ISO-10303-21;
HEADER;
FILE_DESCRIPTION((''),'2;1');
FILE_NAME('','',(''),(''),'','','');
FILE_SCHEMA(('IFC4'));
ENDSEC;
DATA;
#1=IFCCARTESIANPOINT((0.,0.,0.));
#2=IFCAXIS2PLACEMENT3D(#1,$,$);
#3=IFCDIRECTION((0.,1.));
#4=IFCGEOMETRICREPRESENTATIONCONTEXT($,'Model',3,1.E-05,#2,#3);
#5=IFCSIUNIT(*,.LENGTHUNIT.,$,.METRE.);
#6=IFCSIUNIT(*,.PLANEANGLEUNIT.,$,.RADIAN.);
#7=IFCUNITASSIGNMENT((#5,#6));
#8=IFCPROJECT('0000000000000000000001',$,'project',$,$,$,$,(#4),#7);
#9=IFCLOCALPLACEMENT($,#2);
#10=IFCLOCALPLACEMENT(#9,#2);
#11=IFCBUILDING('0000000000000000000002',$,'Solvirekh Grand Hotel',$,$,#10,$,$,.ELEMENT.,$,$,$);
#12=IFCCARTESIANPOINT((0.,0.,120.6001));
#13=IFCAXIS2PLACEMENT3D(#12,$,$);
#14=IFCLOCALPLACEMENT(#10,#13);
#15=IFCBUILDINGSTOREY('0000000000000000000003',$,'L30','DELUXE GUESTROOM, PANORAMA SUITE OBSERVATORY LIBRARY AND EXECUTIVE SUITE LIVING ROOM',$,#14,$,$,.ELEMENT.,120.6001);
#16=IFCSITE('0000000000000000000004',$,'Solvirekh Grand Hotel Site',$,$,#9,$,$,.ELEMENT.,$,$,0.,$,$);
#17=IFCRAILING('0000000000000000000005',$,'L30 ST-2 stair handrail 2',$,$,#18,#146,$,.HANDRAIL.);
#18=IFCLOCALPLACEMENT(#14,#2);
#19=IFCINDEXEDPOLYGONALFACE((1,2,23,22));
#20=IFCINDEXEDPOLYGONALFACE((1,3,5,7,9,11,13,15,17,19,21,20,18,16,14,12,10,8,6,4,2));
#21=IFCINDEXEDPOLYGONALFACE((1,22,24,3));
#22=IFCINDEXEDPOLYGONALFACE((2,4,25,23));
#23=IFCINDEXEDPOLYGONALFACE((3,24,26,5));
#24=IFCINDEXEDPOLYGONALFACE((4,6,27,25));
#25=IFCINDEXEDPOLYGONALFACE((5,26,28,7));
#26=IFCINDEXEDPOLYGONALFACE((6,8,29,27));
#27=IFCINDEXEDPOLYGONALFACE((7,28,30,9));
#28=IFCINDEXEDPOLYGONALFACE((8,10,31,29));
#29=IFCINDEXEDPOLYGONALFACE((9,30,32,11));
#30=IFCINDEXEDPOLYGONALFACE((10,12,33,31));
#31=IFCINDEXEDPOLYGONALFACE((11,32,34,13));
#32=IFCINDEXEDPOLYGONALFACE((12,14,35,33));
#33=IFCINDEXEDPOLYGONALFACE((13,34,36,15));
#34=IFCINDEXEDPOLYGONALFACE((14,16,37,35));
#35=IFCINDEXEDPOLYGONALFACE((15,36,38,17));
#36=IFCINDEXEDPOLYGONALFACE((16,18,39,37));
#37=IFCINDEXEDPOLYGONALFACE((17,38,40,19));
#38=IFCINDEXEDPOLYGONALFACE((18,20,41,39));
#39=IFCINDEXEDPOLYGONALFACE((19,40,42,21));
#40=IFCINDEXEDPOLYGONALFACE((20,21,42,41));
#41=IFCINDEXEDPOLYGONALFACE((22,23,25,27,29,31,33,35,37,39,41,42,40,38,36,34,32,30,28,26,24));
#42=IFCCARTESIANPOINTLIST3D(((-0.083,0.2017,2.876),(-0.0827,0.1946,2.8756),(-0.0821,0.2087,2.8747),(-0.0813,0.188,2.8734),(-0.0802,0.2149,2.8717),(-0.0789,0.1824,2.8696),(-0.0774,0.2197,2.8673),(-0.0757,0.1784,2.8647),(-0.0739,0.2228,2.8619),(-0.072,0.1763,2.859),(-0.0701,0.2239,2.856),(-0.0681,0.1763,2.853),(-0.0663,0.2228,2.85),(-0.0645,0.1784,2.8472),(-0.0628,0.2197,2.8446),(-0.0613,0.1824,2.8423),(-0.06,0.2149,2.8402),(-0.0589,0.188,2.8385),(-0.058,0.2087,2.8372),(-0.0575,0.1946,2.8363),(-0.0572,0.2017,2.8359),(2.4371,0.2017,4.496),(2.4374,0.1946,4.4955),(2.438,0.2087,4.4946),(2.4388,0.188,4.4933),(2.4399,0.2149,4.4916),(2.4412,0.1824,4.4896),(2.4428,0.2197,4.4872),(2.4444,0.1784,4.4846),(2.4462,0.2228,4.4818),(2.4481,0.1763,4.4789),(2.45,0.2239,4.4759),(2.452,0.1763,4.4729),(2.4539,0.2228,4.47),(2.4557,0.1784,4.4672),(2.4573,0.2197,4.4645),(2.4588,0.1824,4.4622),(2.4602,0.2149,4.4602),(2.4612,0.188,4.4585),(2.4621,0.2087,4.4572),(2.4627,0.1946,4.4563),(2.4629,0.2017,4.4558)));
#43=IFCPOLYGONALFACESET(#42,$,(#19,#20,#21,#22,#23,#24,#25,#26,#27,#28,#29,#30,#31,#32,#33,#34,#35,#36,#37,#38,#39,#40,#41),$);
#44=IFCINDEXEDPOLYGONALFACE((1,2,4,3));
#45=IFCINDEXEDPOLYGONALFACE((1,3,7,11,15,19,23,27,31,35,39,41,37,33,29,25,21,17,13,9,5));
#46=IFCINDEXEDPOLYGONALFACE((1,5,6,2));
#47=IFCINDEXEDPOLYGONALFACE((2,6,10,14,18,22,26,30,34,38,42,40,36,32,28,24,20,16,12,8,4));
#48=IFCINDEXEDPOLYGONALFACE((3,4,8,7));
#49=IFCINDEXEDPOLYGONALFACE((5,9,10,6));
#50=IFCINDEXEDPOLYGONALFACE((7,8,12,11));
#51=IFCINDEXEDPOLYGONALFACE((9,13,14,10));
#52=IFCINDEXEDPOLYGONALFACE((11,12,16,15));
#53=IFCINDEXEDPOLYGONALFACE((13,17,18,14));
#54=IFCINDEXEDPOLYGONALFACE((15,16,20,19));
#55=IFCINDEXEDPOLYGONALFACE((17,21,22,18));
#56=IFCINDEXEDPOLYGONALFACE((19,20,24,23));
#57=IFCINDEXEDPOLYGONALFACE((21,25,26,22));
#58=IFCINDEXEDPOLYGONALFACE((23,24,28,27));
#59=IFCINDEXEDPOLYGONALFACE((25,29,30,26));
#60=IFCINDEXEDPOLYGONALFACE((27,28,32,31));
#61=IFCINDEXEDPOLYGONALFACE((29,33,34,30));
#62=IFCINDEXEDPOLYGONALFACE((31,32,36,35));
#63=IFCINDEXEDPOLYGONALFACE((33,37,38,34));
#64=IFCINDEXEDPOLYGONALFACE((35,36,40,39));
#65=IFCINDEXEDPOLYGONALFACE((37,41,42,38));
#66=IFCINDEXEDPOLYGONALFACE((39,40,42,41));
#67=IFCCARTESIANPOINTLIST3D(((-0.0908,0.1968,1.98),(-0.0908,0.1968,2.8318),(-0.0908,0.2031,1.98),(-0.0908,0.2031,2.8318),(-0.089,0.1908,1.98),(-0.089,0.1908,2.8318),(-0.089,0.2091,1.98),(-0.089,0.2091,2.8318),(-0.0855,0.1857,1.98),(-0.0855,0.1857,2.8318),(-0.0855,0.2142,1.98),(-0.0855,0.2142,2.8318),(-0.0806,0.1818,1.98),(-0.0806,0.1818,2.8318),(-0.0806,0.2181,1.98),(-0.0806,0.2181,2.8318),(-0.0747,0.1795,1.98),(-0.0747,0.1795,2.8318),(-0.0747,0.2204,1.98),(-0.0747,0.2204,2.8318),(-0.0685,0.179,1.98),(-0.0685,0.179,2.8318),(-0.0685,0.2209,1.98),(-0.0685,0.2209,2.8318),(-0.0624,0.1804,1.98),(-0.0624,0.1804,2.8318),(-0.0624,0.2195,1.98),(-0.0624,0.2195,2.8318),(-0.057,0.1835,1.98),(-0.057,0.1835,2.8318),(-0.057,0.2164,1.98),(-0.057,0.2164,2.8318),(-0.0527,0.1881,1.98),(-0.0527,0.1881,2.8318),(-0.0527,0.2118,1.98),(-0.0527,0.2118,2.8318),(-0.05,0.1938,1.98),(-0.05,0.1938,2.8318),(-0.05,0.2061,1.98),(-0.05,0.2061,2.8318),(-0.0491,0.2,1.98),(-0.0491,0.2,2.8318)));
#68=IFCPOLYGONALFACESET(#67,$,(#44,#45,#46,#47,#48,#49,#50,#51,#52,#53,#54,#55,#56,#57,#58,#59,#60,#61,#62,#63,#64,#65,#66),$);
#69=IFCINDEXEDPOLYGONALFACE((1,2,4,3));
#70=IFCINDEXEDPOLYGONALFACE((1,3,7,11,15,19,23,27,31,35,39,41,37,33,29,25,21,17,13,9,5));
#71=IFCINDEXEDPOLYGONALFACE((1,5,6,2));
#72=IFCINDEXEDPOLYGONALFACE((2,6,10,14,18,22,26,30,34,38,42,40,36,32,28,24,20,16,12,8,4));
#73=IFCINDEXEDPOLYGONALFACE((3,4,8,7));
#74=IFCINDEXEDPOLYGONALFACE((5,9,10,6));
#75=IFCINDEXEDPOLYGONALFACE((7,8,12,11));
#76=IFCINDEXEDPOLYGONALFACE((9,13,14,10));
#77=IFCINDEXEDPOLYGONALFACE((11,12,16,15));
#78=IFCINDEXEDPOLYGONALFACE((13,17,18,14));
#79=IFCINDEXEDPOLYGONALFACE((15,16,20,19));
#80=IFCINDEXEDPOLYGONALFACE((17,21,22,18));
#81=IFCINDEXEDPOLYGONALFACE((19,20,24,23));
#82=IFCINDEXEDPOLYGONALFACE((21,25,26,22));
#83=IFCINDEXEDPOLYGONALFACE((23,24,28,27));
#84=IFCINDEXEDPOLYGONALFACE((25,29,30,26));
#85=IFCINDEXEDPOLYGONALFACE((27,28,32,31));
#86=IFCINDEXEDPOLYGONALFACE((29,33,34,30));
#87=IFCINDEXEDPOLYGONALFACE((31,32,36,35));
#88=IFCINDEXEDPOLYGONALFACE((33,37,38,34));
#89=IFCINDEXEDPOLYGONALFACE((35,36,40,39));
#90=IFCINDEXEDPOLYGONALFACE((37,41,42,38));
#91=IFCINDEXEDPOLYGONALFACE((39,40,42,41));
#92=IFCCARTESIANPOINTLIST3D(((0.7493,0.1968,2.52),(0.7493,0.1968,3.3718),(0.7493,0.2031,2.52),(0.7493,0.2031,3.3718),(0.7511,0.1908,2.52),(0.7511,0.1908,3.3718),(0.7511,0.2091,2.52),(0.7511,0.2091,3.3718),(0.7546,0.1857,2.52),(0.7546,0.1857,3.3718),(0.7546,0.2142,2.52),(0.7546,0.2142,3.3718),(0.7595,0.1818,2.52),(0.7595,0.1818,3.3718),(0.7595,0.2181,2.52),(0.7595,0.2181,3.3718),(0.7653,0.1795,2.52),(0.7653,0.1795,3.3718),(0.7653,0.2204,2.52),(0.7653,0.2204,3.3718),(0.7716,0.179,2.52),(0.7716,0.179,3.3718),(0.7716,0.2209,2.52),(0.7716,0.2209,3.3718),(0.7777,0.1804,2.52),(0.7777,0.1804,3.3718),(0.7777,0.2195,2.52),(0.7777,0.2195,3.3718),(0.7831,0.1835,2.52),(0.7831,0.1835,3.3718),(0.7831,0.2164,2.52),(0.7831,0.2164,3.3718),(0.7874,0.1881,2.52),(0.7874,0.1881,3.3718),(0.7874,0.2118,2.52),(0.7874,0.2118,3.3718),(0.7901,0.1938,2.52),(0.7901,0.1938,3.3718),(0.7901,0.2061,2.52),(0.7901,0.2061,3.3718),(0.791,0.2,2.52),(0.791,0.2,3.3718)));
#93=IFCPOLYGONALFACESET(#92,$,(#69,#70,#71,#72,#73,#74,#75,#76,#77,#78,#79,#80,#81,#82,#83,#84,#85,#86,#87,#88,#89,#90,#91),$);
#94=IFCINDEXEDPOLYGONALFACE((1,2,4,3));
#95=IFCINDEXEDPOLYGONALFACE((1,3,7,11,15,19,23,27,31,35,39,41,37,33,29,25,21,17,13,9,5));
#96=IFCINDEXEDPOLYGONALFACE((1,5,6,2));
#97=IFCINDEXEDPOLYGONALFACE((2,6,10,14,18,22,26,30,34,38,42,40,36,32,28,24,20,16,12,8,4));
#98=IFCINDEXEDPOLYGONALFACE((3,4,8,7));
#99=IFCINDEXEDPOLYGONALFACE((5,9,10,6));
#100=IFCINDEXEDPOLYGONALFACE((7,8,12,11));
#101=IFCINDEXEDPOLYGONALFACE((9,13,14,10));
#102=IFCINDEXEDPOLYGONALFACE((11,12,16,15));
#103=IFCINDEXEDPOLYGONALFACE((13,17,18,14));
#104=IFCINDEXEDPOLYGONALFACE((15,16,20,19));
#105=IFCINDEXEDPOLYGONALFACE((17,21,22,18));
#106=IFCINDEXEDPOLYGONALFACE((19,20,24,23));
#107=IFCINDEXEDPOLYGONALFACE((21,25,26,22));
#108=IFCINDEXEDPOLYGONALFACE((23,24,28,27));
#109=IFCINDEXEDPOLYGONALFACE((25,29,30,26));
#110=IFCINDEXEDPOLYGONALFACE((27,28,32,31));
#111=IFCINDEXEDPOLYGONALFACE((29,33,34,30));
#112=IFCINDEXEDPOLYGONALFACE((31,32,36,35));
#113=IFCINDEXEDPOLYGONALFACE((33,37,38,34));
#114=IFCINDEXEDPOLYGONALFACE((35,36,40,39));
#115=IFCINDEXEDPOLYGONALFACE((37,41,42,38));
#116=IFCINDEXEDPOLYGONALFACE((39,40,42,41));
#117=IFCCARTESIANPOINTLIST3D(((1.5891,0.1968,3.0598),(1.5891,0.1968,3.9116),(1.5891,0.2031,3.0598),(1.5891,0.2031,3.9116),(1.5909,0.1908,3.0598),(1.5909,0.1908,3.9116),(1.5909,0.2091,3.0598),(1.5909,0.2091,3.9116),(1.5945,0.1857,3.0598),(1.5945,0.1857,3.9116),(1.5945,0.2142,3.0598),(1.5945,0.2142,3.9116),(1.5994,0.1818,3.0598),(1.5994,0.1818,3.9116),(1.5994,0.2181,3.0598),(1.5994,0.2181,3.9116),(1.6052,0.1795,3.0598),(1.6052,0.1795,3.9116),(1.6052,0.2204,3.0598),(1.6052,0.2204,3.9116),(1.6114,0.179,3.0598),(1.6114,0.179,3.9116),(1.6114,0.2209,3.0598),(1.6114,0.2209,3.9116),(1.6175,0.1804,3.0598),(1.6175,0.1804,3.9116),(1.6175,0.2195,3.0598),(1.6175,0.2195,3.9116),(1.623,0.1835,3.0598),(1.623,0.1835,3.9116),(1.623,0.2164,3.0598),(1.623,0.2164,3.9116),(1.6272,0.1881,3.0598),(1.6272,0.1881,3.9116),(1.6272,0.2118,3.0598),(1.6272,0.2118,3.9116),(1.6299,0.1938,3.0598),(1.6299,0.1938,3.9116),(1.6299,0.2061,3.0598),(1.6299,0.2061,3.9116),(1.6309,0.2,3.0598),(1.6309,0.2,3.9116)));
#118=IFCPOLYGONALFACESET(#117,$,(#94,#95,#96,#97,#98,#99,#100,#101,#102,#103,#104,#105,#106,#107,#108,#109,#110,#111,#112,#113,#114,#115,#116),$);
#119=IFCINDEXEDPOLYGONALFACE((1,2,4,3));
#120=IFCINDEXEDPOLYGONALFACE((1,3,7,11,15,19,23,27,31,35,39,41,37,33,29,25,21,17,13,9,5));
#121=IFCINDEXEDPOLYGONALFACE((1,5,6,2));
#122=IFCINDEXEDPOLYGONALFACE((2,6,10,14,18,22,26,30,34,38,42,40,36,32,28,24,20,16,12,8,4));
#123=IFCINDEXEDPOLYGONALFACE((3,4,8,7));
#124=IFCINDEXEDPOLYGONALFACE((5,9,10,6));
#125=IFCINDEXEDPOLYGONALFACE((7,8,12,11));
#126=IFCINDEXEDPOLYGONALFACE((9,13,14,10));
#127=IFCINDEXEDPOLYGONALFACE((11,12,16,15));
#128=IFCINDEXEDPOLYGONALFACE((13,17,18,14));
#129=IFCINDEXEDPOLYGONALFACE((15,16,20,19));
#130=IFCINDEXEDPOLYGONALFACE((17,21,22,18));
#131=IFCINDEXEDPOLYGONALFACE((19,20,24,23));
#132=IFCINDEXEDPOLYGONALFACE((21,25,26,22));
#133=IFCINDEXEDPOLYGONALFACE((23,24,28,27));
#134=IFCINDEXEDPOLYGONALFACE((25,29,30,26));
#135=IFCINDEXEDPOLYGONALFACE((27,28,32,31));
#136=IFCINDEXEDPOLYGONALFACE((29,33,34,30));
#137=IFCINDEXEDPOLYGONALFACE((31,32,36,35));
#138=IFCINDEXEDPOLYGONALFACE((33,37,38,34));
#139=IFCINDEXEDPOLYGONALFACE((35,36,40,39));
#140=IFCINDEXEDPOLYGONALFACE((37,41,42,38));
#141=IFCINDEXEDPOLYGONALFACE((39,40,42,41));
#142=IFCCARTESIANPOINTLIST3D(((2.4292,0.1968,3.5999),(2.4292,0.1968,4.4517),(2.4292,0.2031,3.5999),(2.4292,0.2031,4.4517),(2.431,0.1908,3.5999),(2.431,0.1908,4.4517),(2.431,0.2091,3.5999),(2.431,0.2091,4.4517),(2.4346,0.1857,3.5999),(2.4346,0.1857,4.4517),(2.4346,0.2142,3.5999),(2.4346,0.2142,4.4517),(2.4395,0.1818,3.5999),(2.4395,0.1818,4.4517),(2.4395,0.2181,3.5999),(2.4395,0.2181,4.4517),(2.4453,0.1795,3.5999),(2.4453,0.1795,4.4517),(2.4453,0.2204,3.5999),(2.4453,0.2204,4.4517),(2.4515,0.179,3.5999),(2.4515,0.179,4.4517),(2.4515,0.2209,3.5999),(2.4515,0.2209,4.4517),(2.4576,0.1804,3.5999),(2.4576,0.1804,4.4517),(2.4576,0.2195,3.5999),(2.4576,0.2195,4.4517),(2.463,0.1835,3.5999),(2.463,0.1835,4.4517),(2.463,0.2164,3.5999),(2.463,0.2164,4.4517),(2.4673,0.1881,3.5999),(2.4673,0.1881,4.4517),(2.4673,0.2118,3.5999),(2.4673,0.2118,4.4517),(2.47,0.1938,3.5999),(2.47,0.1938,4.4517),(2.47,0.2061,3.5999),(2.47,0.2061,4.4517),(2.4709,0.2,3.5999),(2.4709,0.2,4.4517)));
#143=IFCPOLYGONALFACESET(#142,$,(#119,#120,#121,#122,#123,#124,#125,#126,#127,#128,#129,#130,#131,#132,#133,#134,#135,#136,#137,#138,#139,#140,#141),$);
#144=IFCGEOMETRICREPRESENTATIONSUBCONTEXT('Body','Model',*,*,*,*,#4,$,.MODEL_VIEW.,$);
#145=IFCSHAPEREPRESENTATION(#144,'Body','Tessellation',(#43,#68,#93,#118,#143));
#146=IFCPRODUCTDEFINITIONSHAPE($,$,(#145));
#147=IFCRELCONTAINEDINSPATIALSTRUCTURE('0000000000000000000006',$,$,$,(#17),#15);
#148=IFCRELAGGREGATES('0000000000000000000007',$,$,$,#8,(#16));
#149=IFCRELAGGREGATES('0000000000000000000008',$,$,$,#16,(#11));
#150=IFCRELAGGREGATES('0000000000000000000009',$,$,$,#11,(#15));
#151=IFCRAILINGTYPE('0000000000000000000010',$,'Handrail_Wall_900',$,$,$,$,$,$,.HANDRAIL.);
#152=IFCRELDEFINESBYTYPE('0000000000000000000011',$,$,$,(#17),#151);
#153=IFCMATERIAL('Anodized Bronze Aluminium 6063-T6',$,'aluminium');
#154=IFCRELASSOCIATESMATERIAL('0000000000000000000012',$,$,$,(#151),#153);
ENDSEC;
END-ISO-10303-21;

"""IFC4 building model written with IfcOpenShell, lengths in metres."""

from ifc_helpers import new_model, si_unit, direction, frame, origin, origin_2d, place, context, subcontext, project, spatial, circle, extrude, material, type_object, element, save


model = new_model("IFC4")

# Units and contexts
model_context = context("Model", 3, precision=1e-05, world=origin(), true_north=direction((0.0, 1.0)))
body_context = subcontext(model_context, "Body", "Model", "MODEL_VIEW")
ifc_project = project(units=[si_unit("LENGTHUNIT", "METRE"), si_unit("PLANEANGLEUNIT", "RADIAN")], contexts=[model_context])

# Site, building, storey
site_placement = place(None, origin())
site = spatial("IfcSite", under=ifc_project, at=site_placement, Name="Solvirekh Grand Hotel Site", CompositionType="ELEMENT", RefElevation=0.0)
building_placement = place(site_placement, origin())
building = spatial("IfcBuilding", under=site, at=building_placement, Name="Solvirekh Grand Hotel", CompositionType="ELEMENT")
storey_placement = place(building_placement, frame((0.0, 0.0, 120.6001)))
storey = spatial("IfcBuildingStorey", under=building, at=storey_placement, Name="L30", Description="DELUXE GUESTROOM, PANORAMA SUITE OBSERVATORY LIBRARY AND EXECUTIVE SUITE LIVING ROOM", CompositionType="ELEMENT", Elevation=120.6001)

# Shared definitions
ifc_material_1 = material(Name="Anodized Bronze Aluminium 6063-T6", Category="aluminium")

# Railing
railing_type_1 = type_object("IfcRailingType", Name="Handrail_Wall_900", PredefinedType="HANDRAIL", material=ifc_material_1)
for number, where, name in (
    (1, (-0.0701, 0.2, 1.98), "L30 ST-2 stair handrail 2"),
):
    element("IfcRailing", number, at=place(storey_placement, frame(where)), inside=storey, type_object=railing_type_1, Name=name, PredefinedType="HANDRAIL", context=body_context, shape_type="SweptSolid", body=[
        extrude(circle(Radius=0.0239, at=origin_2d()), frame((0.0, 0.0, 0.876), z_axis=(0.8412, 0.0, 0.540725), x_axis=(0.0, 1.0, 0.0)), (0.0, 0.0, 1.0), 2.9958),
        extrude(circle(Radius=0.021, at=origin_2d()), origin(), (0.0, 0.0, 1.0), 0.8518),
        extrude(circle(Radius=0.021, at=origin_2d()), frame((0.8401, 0.0, 0.54)), (0.0, 0.0, 1.0), 0.8518),
        extrude(circle(Radius=0.021, at=origin_2d()), frame((1.6799, 0.0, 1.0798)), (0.0, 0.0, 1.0), 0.8518),
        extrude(circle(Radius=0.021, at=origin_2d()), frame((2.52, 0.0, 1.6199)), (0.0, 0.0, 1.0), 0.8518),
    ])

save(model, "model.ifc")
